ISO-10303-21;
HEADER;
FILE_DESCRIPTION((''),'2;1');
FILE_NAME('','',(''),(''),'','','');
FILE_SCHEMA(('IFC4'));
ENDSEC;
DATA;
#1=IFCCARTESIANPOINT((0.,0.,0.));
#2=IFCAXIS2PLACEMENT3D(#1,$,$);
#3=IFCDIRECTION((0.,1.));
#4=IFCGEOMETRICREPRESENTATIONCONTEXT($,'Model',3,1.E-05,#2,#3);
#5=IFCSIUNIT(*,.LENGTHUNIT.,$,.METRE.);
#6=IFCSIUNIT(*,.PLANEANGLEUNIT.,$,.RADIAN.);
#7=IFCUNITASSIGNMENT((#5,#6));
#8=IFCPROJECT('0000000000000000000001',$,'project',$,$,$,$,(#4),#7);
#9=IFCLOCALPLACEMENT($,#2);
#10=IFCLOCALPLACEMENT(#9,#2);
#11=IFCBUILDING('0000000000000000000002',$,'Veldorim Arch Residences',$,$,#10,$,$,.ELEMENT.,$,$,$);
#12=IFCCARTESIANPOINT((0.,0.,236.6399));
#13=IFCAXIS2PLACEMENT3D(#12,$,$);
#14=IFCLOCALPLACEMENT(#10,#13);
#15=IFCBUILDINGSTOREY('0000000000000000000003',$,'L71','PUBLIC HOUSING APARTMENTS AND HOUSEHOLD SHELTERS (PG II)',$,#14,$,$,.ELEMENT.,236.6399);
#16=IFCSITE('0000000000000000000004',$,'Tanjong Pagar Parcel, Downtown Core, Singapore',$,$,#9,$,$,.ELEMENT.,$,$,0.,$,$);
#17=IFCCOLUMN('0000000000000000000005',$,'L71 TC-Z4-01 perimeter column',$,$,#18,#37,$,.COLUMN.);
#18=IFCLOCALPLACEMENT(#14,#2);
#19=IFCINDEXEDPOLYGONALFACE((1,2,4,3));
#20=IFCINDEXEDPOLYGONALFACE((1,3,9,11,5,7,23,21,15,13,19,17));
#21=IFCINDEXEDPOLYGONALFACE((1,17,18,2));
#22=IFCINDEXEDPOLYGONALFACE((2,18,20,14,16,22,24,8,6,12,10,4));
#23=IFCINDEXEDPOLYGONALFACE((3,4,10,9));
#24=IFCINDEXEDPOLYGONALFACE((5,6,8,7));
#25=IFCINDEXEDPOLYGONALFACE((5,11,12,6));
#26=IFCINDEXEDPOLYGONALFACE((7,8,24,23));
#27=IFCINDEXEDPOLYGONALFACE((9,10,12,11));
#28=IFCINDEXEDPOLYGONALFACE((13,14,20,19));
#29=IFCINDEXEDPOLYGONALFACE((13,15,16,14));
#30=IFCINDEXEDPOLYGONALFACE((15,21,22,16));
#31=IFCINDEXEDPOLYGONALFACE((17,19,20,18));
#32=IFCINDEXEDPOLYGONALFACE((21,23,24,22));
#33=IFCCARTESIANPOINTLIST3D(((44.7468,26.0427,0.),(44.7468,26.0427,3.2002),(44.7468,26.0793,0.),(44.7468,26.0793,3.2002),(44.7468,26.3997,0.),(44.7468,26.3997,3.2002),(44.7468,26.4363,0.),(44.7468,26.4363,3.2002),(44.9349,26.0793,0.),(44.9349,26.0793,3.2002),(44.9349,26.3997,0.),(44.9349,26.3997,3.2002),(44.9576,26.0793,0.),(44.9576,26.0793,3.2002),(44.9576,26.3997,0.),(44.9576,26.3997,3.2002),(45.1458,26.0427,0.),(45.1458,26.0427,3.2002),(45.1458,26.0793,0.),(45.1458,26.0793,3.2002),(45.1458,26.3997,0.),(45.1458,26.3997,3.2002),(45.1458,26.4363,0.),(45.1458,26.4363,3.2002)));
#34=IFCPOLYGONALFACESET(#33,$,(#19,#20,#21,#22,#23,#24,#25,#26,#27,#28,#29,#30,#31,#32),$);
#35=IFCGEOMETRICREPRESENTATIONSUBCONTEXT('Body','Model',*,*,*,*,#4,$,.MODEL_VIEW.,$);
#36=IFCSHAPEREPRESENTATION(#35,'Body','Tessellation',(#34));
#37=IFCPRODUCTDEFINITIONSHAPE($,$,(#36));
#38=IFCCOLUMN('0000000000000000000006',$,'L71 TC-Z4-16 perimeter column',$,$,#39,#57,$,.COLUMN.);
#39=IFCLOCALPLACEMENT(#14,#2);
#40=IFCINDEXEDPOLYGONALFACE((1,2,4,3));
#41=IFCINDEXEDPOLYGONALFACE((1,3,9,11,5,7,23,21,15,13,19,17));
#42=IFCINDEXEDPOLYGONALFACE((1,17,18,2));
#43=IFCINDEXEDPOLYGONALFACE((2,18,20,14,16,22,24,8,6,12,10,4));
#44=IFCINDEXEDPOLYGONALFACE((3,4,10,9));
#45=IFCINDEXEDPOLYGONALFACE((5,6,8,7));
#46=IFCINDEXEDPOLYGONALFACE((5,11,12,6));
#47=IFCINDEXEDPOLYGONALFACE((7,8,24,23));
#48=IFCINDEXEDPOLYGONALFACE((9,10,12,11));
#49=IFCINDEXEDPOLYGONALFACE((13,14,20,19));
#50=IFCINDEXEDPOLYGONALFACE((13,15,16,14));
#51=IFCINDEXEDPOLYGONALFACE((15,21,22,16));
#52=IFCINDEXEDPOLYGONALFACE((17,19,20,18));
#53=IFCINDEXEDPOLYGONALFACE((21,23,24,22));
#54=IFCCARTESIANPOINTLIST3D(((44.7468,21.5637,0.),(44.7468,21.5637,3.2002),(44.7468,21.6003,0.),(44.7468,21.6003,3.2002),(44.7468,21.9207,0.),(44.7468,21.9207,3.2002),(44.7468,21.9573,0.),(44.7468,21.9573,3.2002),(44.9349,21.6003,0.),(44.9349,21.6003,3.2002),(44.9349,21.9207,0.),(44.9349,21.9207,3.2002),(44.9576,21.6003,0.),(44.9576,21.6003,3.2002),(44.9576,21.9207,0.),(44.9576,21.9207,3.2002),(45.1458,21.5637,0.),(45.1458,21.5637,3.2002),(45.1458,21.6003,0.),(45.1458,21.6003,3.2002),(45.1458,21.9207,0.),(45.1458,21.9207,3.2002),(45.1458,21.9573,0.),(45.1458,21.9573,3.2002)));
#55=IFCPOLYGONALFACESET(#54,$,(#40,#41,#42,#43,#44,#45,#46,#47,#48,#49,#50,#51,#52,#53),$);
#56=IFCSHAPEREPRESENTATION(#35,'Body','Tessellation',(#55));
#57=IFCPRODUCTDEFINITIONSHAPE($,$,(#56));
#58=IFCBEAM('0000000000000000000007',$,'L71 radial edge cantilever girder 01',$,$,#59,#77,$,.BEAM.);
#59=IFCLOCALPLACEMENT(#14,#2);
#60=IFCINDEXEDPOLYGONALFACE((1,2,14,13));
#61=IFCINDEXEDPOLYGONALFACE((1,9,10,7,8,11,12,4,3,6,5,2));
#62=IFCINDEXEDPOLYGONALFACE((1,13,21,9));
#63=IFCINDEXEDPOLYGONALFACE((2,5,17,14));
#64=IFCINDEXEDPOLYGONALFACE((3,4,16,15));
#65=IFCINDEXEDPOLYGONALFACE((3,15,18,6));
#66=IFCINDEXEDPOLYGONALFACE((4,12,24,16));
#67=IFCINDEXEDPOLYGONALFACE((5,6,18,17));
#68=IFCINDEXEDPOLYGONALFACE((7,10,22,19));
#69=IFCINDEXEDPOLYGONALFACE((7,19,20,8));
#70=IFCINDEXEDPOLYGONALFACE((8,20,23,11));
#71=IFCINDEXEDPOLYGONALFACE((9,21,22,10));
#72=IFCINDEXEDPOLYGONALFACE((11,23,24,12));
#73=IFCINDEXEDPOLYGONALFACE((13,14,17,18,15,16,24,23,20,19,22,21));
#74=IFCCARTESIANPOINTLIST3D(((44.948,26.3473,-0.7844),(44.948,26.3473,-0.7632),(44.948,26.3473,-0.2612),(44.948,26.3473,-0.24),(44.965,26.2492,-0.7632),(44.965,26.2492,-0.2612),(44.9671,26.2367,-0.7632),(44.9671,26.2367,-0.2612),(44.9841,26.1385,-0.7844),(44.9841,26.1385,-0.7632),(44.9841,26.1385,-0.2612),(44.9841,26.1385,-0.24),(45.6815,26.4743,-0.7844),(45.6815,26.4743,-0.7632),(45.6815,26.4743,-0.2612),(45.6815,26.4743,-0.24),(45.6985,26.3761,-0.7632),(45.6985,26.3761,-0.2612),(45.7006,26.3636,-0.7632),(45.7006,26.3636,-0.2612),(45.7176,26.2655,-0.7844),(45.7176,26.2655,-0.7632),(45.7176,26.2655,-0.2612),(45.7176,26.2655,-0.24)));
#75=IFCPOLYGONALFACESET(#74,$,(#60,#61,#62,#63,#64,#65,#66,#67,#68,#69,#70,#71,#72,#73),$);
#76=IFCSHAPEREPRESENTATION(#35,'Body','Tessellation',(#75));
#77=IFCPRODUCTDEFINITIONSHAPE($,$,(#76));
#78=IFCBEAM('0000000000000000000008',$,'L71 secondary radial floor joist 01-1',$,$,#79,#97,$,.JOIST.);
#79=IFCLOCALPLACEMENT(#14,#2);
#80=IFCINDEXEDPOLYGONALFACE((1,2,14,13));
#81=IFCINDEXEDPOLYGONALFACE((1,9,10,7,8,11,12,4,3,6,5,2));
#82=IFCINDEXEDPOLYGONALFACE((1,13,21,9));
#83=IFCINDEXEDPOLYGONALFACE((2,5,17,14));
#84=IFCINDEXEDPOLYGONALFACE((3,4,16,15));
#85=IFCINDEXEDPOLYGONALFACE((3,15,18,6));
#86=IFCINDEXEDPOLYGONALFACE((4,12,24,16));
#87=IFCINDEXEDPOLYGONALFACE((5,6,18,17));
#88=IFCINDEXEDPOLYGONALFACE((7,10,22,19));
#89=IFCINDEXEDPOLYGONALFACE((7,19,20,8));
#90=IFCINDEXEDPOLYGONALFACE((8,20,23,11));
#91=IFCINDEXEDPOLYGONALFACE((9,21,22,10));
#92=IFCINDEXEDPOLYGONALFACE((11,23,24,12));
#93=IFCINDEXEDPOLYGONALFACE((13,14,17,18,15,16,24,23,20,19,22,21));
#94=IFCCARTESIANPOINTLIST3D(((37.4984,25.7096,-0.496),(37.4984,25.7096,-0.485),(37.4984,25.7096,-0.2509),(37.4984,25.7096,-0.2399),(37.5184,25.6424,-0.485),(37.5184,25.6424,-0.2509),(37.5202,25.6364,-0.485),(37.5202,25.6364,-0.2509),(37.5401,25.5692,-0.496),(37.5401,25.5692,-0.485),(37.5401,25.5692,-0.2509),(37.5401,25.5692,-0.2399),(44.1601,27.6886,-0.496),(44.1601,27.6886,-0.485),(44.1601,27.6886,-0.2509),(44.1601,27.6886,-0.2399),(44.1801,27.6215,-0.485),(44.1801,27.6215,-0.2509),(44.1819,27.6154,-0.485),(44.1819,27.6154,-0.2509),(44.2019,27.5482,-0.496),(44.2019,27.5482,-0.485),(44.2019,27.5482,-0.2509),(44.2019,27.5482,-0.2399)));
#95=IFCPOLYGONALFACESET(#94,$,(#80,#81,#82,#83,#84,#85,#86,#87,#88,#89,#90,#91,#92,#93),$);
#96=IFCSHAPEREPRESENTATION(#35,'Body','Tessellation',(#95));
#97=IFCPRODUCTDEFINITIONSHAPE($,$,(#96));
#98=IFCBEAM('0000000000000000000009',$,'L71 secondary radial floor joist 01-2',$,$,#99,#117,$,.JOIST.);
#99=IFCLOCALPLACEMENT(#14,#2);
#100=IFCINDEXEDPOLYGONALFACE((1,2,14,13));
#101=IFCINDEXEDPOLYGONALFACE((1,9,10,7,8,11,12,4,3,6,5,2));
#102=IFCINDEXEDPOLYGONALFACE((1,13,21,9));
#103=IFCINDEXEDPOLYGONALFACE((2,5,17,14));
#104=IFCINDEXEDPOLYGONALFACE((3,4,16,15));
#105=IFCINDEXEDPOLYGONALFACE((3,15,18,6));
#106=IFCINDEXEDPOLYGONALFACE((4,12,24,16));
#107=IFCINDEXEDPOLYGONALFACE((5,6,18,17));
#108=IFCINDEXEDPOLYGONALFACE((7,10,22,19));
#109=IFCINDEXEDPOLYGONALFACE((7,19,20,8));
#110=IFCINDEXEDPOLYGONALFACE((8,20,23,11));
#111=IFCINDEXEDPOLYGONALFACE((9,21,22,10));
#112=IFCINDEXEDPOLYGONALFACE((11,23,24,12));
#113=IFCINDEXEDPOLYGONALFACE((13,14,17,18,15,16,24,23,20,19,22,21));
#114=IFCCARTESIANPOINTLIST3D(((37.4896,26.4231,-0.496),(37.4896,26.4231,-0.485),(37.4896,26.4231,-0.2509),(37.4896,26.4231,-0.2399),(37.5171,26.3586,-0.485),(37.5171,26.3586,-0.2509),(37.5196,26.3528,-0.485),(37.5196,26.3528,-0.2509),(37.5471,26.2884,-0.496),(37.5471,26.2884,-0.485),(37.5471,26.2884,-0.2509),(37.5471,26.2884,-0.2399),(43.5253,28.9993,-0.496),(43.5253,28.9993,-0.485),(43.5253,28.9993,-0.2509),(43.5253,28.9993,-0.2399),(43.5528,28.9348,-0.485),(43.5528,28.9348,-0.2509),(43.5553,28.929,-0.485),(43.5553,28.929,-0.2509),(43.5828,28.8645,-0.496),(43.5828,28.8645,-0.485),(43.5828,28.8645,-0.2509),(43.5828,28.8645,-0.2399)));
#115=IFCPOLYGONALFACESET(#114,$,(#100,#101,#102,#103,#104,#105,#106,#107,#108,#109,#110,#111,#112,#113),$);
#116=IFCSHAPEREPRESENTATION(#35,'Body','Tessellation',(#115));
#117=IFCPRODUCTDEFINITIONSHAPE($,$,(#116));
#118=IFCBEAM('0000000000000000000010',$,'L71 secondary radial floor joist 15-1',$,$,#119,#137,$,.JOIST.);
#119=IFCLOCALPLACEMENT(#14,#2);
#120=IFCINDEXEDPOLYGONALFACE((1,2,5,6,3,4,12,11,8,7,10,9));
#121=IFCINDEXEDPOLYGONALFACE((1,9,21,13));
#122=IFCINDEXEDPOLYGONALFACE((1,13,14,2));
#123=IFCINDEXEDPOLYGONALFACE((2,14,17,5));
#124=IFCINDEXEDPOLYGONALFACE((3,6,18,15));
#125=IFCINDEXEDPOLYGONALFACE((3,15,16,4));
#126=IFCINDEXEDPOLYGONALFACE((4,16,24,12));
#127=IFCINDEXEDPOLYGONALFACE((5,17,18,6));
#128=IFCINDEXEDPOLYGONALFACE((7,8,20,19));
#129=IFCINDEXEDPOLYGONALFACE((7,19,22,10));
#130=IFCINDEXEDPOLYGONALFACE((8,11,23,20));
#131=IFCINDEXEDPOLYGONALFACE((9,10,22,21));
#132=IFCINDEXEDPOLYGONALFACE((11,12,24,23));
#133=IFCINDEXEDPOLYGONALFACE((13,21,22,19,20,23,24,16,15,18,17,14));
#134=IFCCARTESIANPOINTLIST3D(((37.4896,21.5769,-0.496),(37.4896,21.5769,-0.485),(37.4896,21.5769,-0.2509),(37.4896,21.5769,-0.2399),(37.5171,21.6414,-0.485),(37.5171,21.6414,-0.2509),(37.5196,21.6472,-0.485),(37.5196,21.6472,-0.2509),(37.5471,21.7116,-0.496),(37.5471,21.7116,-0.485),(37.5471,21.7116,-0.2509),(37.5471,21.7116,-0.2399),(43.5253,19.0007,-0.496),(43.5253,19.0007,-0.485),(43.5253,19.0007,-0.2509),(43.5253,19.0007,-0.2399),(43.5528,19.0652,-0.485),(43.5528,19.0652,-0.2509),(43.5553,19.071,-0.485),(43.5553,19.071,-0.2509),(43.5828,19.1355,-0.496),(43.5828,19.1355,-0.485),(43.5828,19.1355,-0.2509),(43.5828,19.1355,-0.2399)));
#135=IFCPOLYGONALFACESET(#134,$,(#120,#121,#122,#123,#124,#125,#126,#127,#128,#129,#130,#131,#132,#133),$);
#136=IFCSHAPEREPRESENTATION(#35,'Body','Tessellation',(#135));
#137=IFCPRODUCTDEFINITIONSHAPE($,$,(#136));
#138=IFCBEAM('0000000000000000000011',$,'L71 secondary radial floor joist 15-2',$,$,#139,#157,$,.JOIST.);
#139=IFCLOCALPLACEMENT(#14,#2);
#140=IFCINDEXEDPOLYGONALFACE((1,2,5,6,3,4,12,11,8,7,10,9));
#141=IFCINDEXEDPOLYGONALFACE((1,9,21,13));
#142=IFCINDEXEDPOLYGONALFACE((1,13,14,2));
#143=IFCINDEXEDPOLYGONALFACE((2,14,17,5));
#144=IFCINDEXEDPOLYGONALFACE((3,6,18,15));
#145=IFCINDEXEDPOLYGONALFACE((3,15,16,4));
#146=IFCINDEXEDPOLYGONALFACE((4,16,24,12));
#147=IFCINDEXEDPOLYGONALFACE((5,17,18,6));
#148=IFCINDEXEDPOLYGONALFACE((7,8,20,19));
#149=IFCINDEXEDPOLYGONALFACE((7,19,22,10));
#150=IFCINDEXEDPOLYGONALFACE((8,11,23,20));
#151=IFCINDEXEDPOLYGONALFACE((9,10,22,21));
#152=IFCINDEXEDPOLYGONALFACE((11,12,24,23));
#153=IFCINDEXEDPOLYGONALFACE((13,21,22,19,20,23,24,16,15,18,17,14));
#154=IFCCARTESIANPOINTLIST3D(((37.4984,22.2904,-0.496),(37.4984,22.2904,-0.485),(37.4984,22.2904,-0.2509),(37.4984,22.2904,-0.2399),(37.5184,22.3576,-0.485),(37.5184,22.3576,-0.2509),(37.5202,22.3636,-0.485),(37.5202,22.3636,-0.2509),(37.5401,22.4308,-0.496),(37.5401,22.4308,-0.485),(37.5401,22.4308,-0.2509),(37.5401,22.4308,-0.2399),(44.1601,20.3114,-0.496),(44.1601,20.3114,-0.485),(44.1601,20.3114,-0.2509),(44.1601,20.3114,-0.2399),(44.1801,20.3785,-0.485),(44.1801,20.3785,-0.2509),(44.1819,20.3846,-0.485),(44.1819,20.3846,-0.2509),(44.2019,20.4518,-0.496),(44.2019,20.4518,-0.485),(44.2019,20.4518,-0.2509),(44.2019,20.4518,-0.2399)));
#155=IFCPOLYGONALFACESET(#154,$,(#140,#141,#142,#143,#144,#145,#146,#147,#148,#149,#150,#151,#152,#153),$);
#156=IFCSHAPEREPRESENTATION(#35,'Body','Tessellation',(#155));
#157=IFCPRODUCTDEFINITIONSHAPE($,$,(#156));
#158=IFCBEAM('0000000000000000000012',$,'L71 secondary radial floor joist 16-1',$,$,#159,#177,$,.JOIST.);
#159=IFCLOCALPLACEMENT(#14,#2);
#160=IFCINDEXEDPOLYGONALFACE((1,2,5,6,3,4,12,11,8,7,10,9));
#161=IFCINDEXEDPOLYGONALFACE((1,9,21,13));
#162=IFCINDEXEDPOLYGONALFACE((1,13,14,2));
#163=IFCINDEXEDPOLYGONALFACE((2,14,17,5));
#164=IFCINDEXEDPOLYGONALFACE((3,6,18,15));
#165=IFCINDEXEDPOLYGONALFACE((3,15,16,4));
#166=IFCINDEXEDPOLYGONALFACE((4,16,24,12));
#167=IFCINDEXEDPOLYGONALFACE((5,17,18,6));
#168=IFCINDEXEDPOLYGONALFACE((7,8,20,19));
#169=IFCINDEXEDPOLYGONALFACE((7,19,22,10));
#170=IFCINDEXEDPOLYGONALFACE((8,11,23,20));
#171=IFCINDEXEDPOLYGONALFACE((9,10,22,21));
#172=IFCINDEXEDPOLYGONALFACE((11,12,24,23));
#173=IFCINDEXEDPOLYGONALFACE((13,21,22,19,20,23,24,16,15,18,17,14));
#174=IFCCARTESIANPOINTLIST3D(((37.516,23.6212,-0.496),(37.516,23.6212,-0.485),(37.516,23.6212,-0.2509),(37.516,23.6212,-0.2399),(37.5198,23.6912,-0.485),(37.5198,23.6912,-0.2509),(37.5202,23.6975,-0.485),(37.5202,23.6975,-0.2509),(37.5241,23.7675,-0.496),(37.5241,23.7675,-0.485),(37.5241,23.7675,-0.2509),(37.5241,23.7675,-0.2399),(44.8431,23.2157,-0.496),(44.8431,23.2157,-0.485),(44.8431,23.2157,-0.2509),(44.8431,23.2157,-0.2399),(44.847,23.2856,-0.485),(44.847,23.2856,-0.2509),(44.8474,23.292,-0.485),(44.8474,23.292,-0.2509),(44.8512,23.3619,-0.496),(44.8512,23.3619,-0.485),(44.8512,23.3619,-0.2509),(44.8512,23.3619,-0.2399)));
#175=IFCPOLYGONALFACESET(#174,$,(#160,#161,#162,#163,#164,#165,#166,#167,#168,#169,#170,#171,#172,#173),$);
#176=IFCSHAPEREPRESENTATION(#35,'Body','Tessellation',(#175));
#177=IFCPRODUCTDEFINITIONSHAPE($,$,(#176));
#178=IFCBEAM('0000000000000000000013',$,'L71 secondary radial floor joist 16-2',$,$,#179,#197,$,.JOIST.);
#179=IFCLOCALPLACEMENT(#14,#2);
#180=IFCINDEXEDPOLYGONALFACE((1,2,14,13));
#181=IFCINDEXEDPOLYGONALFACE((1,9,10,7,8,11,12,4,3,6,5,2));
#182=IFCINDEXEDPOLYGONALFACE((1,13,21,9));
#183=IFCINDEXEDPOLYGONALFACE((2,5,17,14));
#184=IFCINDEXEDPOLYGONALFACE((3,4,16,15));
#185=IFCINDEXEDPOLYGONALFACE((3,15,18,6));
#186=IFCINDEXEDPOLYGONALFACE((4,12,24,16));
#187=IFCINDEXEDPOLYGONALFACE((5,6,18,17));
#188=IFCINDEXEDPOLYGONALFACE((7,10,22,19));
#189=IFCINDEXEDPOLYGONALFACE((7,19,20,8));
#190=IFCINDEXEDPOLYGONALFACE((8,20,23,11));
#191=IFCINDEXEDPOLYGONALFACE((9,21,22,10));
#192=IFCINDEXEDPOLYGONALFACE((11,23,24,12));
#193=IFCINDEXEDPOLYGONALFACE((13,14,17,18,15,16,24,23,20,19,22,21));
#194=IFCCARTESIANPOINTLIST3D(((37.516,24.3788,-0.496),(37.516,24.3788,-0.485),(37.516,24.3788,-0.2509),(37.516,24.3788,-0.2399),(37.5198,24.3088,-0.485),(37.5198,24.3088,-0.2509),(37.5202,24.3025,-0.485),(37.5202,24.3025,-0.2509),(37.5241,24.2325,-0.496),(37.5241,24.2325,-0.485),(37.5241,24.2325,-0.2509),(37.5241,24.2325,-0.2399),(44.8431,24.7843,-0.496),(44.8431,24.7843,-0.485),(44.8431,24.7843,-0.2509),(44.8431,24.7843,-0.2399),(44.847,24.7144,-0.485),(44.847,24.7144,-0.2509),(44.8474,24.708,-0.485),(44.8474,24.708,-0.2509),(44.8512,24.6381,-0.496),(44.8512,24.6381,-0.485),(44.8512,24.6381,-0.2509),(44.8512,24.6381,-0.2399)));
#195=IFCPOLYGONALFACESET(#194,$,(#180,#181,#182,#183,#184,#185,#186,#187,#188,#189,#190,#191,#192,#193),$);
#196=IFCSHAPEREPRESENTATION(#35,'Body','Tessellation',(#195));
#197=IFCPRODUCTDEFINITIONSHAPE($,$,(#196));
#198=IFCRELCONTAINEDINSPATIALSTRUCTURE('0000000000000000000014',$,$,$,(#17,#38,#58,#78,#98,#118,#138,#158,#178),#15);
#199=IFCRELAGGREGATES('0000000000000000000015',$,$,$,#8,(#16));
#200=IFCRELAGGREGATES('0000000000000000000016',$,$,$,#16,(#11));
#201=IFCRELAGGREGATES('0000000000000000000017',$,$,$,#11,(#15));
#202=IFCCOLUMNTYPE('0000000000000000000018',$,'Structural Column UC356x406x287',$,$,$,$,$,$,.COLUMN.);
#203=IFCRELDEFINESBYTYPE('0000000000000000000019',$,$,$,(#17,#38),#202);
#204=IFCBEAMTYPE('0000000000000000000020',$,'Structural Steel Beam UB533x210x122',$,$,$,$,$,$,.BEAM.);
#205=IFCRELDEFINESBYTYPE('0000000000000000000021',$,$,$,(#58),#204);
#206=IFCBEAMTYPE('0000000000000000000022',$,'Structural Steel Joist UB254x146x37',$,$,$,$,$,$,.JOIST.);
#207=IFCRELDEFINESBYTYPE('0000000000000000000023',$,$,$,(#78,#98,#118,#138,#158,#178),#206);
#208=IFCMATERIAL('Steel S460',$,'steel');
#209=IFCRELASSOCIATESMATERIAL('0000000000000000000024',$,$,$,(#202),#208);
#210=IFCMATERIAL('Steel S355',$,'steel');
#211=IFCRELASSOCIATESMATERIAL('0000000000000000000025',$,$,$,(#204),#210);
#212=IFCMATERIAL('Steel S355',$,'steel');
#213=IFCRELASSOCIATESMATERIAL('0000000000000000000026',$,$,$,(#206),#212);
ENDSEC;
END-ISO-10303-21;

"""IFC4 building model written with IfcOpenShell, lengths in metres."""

from ifc_helpers import new_model, si_unit, direction, frame, origin, origin_2d, place, context, subcontext, project, spatial, i_section, extrude, material, material_profile, profile_set, type_object, element, save


model = new_model("IFC4")

# Units and contexts
model_context = context("Model", 3, precision=1e-05, world=origin(), true_north=direction((0.0, 1.0)))
body_context = subcontext(model_context, "Body", "Model", "MODEL_VIEW")
ifc_project = project(units=[si_unit("LENGTHUNIT", "METRE"), si_unit("PLANEANGLEUNIT", "RADIAN")], contexts=[model_context])

# Site, building, storey
site_placement = place(None, origin())
site = spatial("IfcSite", under=ifc_project, at=site_placement, Name="Tanjong Pagar Parcel, Downtown Core, Singapore", CompositionType="ELEMENT", RefElevation=0.0)
building_placement = place(site_placement, origin())
building = spatial("IfcBuilding", under=site, at=building_placement, Name="Veldorim Arch Residences", CompositionType="ELEMENT")
storey_placement = place(building_placement, frame((0.0, 0.0, 236.6399)))
storey = spatial("IfcBuildingStorey", under=building, at=storey_placement, Name="L71", Description="PUBLIC HOUSING APARTMENTS AND HOUSEHOLD SHELTERS (PG II)", CompositionType="ELEMENT", Elevation=236.6399)

# Columns
ifc_material_1 = material(Name="Steel S460", Category="steel")
ifc_material_profile_1 = material_profile(ifc_material_1, i_section(OverallWidth=0.3989, OverallDepth=0.3936, WebThickness=0.0227, FlangeThickness=0.0366, at=origin_2d()), Name="UC356x406x287")
ifc_profile_set_1 = profile_set([ifc_material_profile_1], Name="Steel S460")
column_type = type_object("IfcColumnType", Name="Structural Column UC356x406x287", PredefinedType="COLUMN", material=ifc_profile_set_1)
for number, where, z_axis, x_axis, name in (
    (1, (44.9463, 26.2395, 0.0), (0.0, 0.0, 1.0), (1.0, 0.0, 0.0), "L71 TC-Z4-01 perimeter column"),
    (2, (44.9463, 21.7605, 0.0), (0.0, 0.0, 1.0), (1.0, 0.0, 0.0), "L71 TC-Z4-16 perimeter column"),
):
    element("IfcColumn", number, at=place(storey_placement, frame(where, z_axis=z_axis, x_axis=x_axis)), inside=storey, type_object=column_type, Name=name, PredefinedType="COLUMN", context=body_context, shape_type="SweptSolid", body=[
        extrude(i_section(OverallWidth=0.3989, OverallDepth=0.3936, WebThickness=0.0227, FlangeThickness=0.0366, at=origin_2d()), origin(), (0.0, 0.0, 1.0), 3.2002),
    ])

# Beams
ifc_material_2 = material(Name="Steel S355", Category="steel")
ifc_material_profile_2 = material_profile(ifc_material_2, i_section(OverallWidth=0.2119, OverallDepth=0.5444, WebThickness=0.0127, FlangeThickness=0.0212, at=origin_2d()), Name="UB533x210x122")
ifc_profile_set_2 = profile_set([ifc_material_profile_2], Name="Steel S355")
beam_type_1 = type_object("IfcBeamType", Name="Structural Steel Beam UB533x210x122", PredefinedType="BEAM", material=ifc_profile_set_2)
beam_1_placement = place(storey_placement, frame((44.9661, 26.2429, -0.5122), z_axis=(0.985346, 0.170566, 0.0), x_axis=(-0.170566, 0.985346, 0.0)))
element("IfcBeam", 3, at=beam_1_placement, inside=storey, type_object=beam_type_1, Name="L71 radial edge cantilever girder 01", PredefinedType="BEAM", context=body_context, shape_type="SweptSolid", body=[
    extrude(i_section(OverallWidth=0.2119, OverallDepth=0.5444, WebThickness=0.0127, FlangeThickness=0.0212, at=origin_2d()), origin(), (0.0, 0.0, 1.0), 0.7444),
])
ifc_material_3 = material(Name="Steel S355", Category="steel")
ifc_material_profile_3 = material_profile(ifc_material_3, i_section(OverallWidth=0.1465, OverallDepth=0.2561, WebThickness=0.0063, FlangeThickness=0.011, at=origin_2d()), Name="UB254x146x37")
ifc_profile_set_3 = profile_set([ifc_material_profile_3], Name="Steel S355")
beam_type_2 = type_object("IfcBeamType", Name="Structural Steel Joist UB254x146x37", PredefinedType="JOIST", material=ifc_profile_set_3)
beam_2_placement = place(storey_placement, frame((37.5193, 25.6394, -0.3679), z_axis=(0.958594, 0.284775, 0.0), x_axis=(-0.284775, 0.958594, 0.0)))
element("IfcBeam", 4, at=beam_2_placement, inside=storey, type_object=beam_type_2, Name="L71 secondary radial floor joist 01-1", PredefinedType="JOIST", context=body_context, shape_type="SweptSolid", body=[
    extrude(i_section(OverallWidth=0.1465, OverallDepth=0.2561, WebThickness=0.0063, FlangeThickness=0.011, at=origin_2d()), origin(), (0.0, 0.0, 1.0), 6.9495),
])
for number, where, z_axis, x_axis, name in (
    (5, (37.5183, 26.3557, -0.3679), (0.919725, 0.392563, 0.0), (-0.392563, 0.919725, 0.0), "L71 secondary radial floor joist 01-2"),
    (6, (37.5183, 21.6443, -0.3679), (0.919725, -0.392563, 0.0), (0.392563, 0.919725, 0.0), "L71 secondary radial floor joist 15-1"),
):
    element("IfcBeam", number, at=place(storey_placement, frame(where, z_axis=z_axis, x_axis=x_axis)), inside=storey, type_object=beam_type_2, Name=name, PredefinedType="JOIST", context=body_context, shape_type="SweptSolid", body=[
        extrude(i_section(OverallWidth=0.1465, OverallDepth=0.2561, WebThickness=0.0063, FlangeThickness=0.011, at=origin_2d()), origin(), (0.0, 0.0, 1.0), 6.5625),
    ])
beam_3_placement = place(storey_placement, frame((37.5193, 22.3606, -0.3679), z_axis=(0.958594, -0.284775, 0.0), x_axis=(0.284775, 0.958594, 0.0)))
element("IfcBeam", 7, at=beam_3_placement, inside=storey, type_object=beam_type_2, Name="L71 secondary radial floor joist 15-2", PredefinedType="JOIST", context=body_context, shape_type="SweptSolid", body=[
    extrude(i_section(OverallWidth=0.1465, OverallDepth=0.2561, WebThickness=0.0063, FlangeThickness=0.011, at=origin_2d()), origin(), (0.0, 0.0, 1.0), 6.9495),
])
for number, where, z_axis, x_axis, name in (
    (8, (37.52, 23.6943, -0.3679), (0.998472, -0.05526, 0.0), (0.05526, 0.998472, 0.0), "L71 secondary radial floor joist 16-1"),
    (9, (37.52, 24.3057, -0.3679), (0.998472, 0.05526, 0.0), (-0.05526, 0.998472, 0.0), "L71 secondary radial floor joist 16-2"),
):
    element("IfcBeam", number, at=place(storey_placement, frame(where, z_axis=z_axis, x_axis=x_axis)), inside=storey, type_object=beam_type_2, Name=name, PredefinedType="JOIST", context=body_context, shape_type="SweptSolid", body=[
        extrude(i_section(OverallWidth=0.1465, OverallDepth=0.2561, WebThickness=0.0063, FlangeThickness=0.011, at=origin_2d()), origin(), (0.0, 0.0, 1.0), 7.3384),
    ])

save(model, "model.ifc")
